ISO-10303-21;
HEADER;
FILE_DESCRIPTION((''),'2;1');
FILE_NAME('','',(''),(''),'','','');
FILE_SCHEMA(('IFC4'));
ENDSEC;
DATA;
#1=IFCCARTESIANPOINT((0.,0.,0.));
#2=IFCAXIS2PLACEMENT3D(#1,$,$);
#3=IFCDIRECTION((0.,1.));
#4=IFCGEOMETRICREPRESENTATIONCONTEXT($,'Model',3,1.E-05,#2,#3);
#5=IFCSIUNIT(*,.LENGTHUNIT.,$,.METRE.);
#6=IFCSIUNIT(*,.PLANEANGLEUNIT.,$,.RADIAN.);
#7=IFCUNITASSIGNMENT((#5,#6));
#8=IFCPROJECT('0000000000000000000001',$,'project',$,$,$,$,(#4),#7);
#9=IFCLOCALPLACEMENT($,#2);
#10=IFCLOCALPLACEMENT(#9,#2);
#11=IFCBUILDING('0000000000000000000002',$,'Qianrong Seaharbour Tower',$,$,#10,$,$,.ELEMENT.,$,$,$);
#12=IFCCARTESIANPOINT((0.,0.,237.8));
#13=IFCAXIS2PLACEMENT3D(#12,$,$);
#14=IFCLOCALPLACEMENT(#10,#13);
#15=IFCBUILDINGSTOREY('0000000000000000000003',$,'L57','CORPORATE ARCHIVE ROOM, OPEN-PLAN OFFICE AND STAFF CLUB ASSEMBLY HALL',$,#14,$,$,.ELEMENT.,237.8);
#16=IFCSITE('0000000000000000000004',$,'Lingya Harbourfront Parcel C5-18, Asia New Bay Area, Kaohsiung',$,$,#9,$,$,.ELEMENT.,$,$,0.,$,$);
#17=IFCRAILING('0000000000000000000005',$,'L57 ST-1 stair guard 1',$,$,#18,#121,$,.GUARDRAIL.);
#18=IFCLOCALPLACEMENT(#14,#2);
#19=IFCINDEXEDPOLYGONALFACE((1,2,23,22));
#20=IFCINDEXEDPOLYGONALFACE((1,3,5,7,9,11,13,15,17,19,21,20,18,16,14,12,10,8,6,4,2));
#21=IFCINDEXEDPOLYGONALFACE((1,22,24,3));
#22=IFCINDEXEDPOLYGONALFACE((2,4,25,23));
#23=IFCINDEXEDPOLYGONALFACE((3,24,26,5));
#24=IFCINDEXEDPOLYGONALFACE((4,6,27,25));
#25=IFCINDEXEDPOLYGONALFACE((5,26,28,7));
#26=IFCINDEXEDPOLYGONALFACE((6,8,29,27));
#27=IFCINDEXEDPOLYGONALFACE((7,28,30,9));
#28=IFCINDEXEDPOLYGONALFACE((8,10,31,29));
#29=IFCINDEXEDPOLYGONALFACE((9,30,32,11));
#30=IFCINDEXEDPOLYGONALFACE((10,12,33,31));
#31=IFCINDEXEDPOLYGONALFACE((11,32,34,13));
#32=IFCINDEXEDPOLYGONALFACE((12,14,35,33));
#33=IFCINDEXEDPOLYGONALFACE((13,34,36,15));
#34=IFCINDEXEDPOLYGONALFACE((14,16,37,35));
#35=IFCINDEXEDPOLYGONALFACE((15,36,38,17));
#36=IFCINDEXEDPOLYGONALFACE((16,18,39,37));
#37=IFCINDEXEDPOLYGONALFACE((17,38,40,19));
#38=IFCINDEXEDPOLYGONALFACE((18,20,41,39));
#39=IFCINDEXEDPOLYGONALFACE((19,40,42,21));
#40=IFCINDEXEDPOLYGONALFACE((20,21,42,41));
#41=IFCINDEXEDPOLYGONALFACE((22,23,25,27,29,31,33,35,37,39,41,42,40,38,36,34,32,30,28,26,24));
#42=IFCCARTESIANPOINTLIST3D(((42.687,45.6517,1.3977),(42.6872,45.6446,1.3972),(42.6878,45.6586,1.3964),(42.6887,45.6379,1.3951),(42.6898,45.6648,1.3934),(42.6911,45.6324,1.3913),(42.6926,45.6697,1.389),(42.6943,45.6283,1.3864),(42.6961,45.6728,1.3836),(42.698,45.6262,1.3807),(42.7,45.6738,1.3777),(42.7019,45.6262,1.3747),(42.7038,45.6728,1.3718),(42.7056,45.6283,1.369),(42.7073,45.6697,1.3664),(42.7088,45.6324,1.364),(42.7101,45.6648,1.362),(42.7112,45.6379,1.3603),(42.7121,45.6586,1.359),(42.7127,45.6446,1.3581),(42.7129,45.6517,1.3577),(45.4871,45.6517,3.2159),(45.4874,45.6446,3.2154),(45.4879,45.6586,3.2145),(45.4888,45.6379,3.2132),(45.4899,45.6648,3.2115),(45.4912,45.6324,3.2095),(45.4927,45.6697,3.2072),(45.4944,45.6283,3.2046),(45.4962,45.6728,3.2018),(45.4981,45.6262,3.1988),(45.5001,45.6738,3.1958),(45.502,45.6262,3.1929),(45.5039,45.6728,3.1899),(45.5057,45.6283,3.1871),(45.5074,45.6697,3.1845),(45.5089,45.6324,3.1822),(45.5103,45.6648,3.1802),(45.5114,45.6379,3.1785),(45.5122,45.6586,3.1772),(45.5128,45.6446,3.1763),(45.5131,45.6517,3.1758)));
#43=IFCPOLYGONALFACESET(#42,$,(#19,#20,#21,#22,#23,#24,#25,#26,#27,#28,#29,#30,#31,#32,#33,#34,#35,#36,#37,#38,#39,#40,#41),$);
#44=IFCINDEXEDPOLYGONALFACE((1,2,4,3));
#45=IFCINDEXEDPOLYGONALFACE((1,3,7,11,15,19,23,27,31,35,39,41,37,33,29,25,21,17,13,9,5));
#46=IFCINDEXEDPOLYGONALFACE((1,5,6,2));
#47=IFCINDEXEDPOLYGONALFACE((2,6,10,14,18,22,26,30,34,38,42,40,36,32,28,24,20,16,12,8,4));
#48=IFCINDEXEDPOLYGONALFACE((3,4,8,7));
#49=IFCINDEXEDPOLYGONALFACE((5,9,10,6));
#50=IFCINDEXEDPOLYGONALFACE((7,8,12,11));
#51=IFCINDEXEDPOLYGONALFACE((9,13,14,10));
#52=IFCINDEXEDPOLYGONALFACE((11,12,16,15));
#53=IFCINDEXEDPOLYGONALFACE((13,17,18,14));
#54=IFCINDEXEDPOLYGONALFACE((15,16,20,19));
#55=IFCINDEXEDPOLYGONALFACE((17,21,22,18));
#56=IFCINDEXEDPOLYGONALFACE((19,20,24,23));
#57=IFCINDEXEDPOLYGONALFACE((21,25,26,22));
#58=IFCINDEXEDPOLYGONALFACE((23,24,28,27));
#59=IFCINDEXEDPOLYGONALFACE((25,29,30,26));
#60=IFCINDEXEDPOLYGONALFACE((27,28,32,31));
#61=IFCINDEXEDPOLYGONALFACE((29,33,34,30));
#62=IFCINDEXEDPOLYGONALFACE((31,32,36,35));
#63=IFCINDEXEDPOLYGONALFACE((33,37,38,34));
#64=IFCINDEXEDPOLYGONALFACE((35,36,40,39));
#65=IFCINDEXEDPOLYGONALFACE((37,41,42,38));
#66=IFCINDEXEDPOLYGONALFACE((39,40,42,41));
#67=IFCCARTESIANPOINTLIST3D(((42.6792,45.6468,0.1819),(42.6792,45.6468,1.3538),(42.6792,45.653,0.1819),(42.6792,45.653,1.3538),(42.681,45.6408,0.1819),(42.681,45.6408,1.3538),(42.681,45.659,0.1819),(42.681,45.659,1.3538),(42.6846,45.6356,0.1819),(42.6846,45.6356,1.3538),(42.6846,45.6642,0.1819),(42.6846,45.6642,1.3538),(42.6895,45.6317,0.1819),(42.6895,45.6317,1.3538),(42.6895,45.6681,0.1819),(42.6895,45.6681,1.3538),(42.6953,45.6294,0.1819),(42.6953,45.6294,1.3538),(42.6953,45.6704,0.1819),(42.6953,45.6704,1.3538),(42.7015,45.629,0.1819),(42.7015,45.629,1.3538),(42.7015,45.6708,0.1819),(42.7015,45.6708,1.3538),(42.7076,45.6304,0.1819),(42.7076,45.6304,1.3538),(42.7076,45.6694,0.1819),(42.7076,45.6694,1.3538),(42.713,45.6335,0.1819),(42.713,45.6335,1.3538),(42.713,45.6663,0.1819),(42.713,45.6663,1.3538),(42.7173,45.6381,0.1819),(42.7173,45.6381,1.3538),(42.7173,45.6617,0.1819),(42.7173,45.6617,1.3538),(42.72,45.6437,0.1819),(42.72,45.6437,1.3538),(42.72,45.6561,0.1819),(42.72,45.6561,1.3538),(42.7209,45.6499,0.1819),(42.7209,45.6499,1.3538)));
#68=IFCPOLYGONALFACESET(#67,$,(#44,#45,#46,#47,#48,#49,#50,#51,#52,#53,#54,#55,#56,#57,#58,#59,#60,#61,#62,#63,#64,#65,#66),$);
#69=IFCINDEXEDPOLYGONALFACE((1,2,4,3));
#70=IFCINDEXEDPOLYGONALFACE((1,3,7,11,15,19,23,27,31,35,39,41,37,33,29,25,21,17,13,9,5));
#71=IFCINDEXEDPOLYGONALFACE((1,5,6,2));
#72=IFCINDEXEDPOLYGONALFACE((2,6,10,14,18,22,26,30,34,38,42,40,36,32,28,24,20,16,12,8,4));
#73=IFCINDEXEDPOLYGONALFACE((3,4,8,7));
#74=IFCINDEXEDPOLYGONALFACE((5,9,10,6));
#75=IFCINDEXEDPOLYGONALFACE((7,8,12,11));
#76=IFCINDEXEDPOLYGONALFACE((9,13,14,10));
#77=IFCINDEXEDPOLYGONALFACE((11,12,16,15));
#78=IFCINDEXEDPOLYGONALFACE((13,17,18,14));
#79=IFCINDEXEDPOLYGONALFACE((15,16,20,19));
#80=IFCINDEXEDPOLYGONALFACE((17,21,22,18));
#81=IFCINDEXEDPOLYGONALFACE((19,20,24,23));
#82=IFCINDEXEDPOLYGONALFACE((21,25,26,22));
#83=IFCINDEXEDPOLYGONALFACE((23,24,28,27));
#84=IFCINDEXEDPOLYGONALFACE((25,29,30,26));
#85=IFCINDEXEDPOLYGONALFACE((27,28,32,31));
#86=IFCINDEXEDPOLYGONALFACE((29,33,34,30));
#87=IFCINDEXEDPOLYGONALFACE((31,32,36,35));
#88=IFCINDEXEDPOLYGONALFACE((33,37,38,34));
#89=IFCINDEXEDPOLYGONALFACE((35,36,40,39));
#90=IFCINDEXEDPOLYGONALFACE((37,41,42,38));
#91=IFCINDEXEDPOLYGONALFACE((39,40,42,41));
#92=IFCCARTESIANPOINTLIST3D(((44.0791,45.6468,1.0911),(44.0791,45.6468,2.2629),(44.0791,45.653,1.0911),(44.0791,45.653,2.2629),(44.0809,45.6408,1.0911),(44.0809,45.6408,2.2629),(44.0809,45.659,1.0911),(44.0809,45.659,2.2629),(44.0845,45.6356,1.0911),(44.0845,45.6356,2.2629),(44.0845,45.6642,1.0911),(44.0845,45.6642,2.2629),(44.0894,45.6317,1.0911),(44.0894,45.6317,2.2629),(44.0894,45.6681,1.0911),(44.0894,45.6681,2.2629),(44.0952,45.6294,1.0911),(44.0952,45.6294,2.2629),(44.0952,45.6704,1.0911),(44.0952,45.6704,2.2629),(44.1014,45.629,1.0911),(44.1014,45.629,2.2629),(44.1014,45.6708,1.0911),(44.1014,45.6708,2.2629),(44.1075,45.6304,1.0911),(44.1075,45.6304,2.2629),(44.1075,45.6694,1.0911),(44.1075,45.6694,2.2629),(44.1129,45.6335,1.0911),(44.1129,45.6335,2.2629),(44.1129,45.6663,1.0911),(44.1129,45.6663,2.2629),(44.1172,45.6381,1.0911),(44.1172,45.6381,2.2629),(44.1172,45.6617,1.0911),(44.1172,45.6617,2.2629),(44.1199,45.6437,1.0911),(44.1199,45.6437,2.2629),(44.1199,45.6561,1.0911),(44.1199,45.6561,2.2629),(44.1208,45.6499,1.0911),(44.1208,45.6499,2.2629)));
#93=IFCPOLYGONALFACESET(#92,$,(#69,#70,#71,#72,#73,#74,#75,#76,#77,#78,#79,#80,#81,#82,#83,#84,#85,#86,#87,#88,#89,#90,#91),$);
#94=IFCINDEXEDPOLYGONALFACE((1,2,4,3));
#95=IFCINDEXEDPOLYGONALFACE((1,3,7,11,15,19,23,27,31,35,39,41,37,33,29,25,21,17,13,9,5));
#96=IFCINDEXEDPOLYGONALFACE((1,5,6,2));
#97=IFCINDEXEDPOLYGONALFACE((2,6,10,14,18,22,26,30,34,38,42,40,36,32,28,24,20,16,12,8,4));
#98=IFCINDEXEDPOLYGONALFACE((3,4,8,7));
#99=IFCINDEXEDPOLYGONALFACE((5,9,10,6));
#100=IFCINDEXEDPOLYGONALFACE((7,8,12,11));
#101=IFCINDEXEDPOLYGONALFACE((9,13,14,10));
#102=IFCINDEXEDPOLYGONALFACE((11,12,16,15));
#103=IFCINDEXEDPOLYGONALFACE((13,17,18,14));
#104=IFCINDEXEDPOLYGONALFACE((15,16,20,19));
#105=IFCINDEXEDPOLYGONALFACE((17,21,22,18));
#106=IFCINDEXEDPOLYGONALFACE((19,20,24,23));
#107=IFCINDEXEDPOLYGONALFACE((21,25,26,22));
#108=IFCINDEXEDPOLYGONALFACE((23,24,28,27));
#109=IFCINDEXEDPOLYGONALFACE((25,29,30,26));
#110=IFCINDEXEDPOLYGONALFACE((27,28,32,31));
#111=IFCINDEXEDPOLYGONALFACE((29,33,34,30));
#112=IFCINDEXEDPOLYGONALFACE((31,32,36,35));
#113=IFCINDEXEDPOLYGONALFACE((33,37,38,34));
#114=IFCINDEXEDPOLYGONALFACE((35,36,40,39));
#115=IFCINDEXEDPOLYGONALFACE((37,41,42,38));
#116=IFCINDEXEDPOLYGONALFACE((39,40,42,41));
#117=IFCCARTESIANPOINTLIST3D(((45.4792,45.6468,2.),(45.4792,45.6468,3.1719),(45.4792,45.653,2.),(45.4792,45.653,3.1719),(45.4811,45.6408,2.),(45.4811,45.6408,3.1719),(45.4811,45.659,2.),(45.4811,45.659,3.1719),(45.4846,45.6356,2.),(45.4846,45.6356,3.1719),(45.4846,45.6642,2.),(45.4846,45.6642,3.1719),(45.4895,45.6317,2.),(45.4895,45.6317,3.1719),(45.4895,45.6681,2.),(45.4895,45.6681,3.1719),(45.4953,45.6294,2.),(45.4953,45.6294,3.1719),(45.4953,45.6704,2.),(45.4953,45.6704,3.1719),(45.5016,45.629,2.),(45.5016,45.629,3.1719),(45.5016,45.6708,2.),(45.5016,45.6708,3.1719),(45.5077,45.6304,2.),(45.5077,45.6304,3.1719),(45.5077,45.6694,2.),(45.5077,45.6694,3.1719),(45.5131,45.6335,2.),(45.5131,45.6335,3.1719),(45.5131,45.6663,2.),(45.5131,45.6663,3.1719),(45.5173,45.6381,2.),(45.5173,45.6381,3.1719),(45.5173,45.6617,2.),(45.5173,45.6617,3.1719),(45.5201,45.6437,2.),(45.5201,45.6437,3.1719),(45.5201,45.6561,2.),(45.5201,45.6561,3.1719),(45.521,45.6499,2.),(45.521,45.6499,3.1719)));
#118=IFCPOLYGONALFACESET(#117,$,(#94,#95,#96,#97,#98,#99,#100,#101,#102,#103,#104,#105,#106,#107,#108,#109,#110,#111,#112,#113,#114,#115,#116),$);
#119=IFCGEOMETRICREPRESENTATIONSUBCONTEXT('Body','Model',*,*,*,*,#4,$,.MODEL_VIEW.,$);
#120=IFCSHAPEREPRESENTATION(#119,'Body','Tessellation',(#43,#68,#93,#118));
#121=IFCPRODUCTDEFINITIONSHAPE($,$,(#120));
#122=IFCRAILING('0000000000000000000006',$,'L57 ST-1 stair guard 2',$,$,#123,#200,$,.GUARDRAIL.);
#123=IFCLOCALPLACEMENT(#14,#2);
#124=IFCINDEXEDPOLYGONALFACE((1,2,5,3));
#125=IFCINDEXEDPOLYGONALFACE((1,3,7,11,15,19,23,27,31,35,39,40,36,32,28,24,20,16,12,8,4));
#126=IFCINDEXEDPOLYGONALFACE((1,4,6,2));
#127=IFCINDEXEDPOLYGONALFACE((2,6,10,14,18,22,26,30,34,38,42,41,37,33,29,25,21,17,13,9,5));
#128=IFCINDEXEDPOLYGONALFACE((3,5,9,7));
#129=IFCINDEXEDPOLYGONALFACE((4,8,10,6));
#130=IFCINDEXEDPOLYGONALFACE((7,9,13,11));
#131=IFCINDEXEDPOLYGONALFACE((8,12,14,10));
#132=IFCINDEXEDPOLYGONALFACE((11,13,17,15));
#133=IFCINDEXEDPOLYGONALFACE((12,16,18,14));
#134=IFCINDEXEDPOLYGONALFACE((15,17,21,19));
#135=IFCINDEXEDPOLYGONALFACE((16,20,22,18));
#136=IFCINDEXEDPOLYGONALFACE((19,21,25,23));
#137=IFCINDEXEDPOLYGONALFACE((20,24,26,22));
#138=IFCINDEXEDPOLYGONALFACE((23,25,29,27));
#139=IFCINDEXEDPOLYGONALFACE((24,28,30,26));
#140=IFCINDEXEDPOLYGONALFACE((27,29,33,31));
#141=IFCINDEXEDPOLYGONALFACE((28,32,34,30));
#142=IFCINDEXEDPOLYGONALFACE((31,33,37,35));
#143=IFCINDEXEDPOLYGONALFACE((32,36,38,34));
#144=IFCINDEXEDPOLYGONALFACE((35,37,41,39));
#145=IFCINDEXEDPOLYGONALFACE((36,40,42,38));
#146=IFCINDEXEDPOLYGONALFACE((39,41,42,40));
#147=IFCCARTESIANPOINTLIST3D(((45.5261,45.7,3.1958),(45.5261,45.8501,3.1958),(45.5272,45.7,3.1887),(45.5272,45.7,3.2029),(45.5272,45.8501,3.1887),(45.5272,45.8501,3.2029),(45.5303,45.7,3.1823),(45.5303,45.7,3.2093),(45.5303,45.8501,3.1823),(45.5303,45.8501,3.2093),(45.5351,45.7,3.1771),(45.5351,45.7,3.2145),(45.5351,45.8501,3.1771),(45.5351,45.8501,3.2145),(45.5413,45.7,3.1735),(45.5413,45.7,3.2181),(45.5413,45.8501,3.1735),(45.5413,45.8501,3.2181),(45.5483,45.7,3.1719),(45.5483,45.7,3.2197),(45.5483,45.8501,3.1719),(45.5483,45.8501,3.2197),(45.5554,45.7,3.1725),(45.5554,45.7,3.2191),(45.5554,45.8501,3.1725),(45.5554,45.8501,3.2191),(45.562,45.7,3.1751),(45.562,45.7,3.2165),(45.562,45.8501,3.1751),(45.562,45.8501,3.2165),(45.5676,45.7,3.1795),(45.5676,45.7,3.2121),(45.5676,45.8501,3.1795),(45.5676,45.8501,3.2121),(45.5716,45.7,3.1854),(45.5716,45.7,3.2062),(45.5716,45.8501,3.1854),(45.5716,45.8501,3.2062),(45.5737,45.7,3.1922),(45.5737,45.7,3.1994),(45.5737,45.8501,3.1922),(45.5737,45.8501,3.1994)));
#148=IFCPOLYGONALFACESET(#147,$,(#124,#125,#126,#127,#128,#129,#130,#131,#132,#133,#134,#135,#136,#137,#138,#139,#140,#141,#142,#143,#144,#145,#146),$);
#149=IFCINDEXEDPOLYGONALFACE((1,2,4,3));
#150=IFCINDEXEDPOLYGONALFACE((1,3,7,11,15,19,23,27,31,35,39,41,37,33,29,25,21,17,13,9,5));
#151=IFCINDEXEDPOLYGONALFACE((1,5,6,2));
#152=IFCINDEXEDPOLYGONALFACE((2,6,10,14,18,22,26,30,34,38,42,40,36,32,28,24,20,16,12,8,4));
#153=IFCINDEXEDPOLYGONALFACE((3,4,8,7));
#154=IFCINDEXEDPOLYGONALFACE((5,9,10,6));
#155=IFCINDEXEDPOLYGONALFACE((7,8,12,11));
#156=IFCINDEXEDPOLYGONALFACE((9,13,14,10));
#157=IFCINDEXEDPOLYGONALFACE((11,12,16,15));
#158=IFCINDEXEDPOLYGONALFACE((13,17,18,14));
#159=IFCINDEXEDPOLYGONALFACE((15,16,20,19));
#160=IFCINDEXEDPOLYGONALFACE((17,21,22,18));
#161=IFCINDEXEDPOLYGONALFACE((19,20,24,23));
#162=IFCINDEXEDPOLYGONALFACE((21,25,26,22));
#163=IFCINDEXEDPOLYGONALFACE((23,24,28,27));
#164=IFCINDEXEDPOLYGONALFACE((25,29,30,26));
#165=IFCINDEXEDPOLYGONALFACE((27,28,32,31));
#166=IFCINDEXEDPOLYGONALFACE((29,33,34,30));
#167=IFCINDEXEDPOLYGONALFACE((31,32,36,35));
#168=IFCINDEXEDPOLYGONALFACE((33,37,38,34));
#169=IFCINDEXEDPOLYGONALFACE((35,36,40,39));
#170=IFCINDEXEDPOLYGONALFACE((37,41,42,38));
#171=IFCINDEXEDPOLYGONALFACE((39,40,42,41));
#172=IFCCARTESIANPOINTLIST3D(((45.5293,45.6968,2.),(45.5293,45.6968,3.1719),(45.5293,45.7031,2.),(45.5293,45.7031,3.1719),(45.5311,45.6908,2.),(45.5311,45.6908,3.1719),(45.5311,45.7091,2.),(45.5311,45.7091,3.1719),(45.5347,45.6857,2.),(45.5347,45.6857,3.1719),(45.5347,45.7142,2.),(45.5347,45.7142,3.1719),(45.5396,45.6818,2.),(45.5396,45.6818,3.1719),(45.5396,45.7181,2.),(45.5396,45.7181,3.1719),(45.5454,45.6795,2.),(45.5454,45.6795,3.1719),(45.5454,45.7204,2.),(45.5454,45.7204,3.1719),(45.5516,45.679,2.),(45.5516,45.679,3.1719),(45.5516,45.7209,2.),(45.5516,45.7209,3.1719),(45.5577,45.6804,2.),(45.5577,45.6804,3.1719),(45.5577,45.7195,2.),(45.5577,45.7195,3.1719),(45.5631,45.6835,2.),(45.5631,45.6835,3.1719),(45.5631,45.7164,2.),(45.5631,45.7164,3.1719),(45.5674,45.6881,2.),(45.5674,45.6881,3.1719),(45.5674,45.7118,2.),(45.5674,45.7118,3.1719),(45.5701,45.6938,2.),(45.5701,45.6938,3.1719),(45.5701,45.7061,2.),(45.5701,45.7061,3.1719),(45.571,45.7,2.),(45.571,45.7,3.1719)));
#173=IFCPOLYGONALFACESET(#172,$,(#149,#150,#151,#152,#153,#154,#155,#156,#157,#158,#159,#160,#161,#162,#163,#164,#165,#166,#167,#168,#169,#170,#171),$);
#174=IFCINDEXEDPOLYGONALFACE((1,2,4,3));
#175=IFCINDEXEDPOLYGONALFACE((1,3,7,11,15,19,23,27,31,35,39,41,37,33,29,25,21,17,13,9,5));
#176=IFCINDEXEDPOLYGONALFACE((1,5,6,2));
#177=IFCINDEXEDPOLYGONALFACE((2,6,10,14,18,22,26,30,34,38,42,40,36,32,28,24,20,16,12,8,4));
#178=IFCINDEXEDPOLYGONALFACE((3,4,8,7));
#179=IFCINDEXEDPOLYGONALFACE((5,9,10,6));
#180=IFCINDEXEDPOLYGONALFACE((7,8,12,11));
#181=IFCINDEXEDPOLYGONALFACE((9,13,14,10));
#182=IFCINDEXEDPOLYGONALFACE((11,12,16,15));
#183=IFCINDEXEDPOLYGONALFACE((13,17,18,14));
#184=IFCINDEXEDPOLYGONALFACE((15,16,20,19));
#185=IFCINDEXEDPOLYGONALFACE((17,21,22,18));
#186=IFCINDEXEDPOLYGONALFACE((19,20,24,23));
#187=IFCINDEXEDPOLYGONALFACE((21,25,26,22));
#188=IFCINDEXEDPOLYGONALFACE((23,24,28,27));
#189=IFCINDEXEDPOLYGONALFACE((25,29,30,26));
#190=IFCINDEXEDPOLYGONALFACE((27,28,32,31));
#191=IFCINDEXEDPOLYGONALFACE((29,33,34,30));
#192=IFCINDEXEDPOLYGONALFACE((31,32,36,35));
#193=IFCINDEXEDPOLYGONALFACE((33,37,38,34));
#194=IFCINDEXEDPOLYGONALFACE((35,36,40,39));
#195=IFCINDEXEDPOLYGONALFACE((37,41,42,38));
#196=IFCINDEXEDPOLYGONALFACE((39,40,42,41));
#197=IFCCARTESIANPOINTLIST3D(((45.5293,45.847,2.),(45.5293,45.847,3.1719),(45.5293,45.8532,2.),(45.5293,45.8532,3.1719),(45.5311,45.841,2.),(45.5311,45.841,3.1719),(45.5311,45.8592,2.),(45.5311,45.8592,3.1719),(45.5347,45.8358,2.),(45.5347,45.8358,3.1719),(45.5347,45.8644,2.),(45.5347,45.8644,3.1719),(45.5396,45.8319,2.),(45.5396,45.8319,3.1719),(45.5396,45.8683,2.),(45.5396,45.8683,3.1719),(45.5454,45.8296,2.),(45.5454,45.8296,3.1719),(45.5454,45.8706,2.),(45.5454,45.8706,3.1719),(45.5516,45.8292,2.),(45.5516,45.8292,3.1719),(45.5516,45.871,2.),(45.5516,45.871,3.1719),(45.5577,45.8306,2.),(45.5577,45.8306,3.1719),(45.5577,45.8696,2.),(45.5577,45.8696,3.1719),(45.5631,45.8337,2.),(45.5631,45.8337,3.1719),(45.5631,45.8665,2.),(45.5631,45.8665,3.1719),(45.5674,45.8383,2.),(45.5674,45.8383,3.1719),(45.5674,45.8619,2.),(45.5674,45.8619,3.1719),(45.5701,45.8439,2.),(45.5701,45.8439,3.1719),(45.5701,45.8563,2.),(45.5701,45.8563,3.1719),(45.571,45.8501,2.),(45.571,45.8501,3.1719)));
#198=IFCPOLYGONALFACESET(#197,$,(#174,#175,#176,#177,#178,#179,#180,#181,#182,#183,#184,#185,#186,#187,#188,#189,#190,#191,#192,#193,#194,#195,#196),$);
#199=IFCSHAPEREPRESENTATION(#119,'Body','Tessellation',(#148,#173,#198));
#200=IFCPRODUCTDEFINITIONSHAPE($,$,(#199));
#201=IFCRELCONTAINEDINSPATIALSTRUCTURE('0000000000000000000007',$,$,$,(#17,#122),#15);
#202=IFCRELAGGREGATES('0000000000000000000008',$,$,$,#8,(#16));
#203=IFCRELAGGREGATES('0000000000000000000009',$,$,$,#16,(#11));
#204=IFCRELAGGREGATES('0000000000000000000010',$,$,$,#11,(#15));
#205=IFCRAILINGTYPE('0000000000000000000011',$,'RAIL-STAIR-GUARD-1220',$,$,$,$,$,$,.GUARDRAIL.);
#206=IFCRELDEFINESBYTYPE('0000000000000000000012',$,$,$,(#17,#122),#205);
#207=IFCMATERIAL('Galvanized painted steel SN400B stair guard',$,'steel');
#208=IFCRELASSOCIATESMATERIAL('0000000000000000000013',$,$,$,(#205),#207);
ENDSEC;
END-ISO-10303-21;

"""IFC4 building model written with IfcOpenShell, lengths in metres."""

from ifc_helpers import new_model, si_unit, direction, frame, origin, origin_2d, place, context, subcontext, project, spatial, circle, extrude, material, type_object, element, save


model = new_model("IFC4")

# Units and contexts
model_context = context("Model", 3, precision=1e-05, world=origin(), true_north=direction((0.0, 1.0)))
body_context = subcontext(model_context, "Body", "Model", "MODEL_VIEW")
ifc_project = project(units=[si_unit("LENGTHUNIT", "METRE"), si_unit("PLANEANGLEUNIT", "RADIAN")], contexts=[model_context])

# Site, building, storey
site_placement = place(None, origin())
site = spatial("IfcSite", under=ifc_project, at=site_placement, Name="Lingya Harbourfront Parcel C5-18, Asia New Bay Area, Kaohsiung", CompositionType="ELEMENT", RefElevation=0.0)
building_placement = place(site_placement, origin())
building = spatial("IfcBuilding", under=site, at=building_placement, Name="Qianrong Seaharbour Tower", CompositionType="ELEMENT")
storey_placement = place(building_placement, frame((0.0, 0.0, 237.8)))
storey = spatial("IfcBuildingStorey", under=building, at=storey_placement, Name="L57", Description="CORPORATE ARCHIVE ROOM, OPEN-PLAN OFFICE AND STAFF CLUB ASSEMBLY HALL", CompositionType="ELEMENT", Elevation=237.8)

# Railings
ifc_material_1 = material(Name="Galvanized painted steel SN400B stair guard", Category="steel")
railing_type_1 = type_object("IfcRailingType", Name="RAIL-STAIR-GUARD-1220", PredefinedType="GUARDRAIL", material=ifc_material_1)
railing_1_placement = place(storey_placement, frame((42.7, 45.6499, 0.1819)))
element("IfcRailing", 1, at=railing_1_placement, inside=storey, type_object=railing_type_1, Name="L57 ST-1 stair guard 1", PredefinedType="GUARDRAIL", context=body_context, shape_type="SweptSolid", body=[
    extrude(circle(Radius=0.0239, at=origin_2d()), frame((0.0, 0.0, 1.1958), z_axis=(0.838706, 0.0, 0.544585), x_axis=(0.0, 1.0, 0.0)), (0.0, 0.0, 1.0), 3.3386),
    extrude(circle(Radius=0.021, at=origin_2d()), origin(), (0.0, 0.0, 1.0), 1.1719),
    extrude(circle(Radius=0.021, at=origin_2d()), frame((1.3999, 0.0, 0.9092)), (0.0, 0.0, 1.0), 1.1719),
    extrude(circle(Radius=0.021, at=origin_2d()), frame((2.8, 0.0, 1.8181)), (0.0, 0.0, 1.0), 1.1719),
])
railing_2_placement = place(storey_placement, frame((45.55, 45.7, 2.0)))
element("IfcRailing", 2, at=railing_2_placement, inside=storey, type_object=railing_type_1, Name="L57 ST-1 stair guard 2", PredefinedType="GUARDRAIL", context=body_context, shape_type="SweptSolid", body=[
    extrude(circle(Radius=0.0239, at=origin_2d()), frame((0.0, 0.0, 1.1958), z_axis=(0.0, 1.0, 0.0), x_axis=(-1.0, 0.0, 0.0)), (0.0, 0.0, 1.0), 0.1501),
    extrude(circle(Radius=0.021, at=origin_2d()), origin(), (0.0, 0.0, 1.0), 1.1719),
    extrude(circle(Radius=0.021, at=origin_2d()), frame((0.0, 0.1501, 0.0)), (0.0, 0.0, 1.0), 1.1719),
])

save(model, "model.ifc")
